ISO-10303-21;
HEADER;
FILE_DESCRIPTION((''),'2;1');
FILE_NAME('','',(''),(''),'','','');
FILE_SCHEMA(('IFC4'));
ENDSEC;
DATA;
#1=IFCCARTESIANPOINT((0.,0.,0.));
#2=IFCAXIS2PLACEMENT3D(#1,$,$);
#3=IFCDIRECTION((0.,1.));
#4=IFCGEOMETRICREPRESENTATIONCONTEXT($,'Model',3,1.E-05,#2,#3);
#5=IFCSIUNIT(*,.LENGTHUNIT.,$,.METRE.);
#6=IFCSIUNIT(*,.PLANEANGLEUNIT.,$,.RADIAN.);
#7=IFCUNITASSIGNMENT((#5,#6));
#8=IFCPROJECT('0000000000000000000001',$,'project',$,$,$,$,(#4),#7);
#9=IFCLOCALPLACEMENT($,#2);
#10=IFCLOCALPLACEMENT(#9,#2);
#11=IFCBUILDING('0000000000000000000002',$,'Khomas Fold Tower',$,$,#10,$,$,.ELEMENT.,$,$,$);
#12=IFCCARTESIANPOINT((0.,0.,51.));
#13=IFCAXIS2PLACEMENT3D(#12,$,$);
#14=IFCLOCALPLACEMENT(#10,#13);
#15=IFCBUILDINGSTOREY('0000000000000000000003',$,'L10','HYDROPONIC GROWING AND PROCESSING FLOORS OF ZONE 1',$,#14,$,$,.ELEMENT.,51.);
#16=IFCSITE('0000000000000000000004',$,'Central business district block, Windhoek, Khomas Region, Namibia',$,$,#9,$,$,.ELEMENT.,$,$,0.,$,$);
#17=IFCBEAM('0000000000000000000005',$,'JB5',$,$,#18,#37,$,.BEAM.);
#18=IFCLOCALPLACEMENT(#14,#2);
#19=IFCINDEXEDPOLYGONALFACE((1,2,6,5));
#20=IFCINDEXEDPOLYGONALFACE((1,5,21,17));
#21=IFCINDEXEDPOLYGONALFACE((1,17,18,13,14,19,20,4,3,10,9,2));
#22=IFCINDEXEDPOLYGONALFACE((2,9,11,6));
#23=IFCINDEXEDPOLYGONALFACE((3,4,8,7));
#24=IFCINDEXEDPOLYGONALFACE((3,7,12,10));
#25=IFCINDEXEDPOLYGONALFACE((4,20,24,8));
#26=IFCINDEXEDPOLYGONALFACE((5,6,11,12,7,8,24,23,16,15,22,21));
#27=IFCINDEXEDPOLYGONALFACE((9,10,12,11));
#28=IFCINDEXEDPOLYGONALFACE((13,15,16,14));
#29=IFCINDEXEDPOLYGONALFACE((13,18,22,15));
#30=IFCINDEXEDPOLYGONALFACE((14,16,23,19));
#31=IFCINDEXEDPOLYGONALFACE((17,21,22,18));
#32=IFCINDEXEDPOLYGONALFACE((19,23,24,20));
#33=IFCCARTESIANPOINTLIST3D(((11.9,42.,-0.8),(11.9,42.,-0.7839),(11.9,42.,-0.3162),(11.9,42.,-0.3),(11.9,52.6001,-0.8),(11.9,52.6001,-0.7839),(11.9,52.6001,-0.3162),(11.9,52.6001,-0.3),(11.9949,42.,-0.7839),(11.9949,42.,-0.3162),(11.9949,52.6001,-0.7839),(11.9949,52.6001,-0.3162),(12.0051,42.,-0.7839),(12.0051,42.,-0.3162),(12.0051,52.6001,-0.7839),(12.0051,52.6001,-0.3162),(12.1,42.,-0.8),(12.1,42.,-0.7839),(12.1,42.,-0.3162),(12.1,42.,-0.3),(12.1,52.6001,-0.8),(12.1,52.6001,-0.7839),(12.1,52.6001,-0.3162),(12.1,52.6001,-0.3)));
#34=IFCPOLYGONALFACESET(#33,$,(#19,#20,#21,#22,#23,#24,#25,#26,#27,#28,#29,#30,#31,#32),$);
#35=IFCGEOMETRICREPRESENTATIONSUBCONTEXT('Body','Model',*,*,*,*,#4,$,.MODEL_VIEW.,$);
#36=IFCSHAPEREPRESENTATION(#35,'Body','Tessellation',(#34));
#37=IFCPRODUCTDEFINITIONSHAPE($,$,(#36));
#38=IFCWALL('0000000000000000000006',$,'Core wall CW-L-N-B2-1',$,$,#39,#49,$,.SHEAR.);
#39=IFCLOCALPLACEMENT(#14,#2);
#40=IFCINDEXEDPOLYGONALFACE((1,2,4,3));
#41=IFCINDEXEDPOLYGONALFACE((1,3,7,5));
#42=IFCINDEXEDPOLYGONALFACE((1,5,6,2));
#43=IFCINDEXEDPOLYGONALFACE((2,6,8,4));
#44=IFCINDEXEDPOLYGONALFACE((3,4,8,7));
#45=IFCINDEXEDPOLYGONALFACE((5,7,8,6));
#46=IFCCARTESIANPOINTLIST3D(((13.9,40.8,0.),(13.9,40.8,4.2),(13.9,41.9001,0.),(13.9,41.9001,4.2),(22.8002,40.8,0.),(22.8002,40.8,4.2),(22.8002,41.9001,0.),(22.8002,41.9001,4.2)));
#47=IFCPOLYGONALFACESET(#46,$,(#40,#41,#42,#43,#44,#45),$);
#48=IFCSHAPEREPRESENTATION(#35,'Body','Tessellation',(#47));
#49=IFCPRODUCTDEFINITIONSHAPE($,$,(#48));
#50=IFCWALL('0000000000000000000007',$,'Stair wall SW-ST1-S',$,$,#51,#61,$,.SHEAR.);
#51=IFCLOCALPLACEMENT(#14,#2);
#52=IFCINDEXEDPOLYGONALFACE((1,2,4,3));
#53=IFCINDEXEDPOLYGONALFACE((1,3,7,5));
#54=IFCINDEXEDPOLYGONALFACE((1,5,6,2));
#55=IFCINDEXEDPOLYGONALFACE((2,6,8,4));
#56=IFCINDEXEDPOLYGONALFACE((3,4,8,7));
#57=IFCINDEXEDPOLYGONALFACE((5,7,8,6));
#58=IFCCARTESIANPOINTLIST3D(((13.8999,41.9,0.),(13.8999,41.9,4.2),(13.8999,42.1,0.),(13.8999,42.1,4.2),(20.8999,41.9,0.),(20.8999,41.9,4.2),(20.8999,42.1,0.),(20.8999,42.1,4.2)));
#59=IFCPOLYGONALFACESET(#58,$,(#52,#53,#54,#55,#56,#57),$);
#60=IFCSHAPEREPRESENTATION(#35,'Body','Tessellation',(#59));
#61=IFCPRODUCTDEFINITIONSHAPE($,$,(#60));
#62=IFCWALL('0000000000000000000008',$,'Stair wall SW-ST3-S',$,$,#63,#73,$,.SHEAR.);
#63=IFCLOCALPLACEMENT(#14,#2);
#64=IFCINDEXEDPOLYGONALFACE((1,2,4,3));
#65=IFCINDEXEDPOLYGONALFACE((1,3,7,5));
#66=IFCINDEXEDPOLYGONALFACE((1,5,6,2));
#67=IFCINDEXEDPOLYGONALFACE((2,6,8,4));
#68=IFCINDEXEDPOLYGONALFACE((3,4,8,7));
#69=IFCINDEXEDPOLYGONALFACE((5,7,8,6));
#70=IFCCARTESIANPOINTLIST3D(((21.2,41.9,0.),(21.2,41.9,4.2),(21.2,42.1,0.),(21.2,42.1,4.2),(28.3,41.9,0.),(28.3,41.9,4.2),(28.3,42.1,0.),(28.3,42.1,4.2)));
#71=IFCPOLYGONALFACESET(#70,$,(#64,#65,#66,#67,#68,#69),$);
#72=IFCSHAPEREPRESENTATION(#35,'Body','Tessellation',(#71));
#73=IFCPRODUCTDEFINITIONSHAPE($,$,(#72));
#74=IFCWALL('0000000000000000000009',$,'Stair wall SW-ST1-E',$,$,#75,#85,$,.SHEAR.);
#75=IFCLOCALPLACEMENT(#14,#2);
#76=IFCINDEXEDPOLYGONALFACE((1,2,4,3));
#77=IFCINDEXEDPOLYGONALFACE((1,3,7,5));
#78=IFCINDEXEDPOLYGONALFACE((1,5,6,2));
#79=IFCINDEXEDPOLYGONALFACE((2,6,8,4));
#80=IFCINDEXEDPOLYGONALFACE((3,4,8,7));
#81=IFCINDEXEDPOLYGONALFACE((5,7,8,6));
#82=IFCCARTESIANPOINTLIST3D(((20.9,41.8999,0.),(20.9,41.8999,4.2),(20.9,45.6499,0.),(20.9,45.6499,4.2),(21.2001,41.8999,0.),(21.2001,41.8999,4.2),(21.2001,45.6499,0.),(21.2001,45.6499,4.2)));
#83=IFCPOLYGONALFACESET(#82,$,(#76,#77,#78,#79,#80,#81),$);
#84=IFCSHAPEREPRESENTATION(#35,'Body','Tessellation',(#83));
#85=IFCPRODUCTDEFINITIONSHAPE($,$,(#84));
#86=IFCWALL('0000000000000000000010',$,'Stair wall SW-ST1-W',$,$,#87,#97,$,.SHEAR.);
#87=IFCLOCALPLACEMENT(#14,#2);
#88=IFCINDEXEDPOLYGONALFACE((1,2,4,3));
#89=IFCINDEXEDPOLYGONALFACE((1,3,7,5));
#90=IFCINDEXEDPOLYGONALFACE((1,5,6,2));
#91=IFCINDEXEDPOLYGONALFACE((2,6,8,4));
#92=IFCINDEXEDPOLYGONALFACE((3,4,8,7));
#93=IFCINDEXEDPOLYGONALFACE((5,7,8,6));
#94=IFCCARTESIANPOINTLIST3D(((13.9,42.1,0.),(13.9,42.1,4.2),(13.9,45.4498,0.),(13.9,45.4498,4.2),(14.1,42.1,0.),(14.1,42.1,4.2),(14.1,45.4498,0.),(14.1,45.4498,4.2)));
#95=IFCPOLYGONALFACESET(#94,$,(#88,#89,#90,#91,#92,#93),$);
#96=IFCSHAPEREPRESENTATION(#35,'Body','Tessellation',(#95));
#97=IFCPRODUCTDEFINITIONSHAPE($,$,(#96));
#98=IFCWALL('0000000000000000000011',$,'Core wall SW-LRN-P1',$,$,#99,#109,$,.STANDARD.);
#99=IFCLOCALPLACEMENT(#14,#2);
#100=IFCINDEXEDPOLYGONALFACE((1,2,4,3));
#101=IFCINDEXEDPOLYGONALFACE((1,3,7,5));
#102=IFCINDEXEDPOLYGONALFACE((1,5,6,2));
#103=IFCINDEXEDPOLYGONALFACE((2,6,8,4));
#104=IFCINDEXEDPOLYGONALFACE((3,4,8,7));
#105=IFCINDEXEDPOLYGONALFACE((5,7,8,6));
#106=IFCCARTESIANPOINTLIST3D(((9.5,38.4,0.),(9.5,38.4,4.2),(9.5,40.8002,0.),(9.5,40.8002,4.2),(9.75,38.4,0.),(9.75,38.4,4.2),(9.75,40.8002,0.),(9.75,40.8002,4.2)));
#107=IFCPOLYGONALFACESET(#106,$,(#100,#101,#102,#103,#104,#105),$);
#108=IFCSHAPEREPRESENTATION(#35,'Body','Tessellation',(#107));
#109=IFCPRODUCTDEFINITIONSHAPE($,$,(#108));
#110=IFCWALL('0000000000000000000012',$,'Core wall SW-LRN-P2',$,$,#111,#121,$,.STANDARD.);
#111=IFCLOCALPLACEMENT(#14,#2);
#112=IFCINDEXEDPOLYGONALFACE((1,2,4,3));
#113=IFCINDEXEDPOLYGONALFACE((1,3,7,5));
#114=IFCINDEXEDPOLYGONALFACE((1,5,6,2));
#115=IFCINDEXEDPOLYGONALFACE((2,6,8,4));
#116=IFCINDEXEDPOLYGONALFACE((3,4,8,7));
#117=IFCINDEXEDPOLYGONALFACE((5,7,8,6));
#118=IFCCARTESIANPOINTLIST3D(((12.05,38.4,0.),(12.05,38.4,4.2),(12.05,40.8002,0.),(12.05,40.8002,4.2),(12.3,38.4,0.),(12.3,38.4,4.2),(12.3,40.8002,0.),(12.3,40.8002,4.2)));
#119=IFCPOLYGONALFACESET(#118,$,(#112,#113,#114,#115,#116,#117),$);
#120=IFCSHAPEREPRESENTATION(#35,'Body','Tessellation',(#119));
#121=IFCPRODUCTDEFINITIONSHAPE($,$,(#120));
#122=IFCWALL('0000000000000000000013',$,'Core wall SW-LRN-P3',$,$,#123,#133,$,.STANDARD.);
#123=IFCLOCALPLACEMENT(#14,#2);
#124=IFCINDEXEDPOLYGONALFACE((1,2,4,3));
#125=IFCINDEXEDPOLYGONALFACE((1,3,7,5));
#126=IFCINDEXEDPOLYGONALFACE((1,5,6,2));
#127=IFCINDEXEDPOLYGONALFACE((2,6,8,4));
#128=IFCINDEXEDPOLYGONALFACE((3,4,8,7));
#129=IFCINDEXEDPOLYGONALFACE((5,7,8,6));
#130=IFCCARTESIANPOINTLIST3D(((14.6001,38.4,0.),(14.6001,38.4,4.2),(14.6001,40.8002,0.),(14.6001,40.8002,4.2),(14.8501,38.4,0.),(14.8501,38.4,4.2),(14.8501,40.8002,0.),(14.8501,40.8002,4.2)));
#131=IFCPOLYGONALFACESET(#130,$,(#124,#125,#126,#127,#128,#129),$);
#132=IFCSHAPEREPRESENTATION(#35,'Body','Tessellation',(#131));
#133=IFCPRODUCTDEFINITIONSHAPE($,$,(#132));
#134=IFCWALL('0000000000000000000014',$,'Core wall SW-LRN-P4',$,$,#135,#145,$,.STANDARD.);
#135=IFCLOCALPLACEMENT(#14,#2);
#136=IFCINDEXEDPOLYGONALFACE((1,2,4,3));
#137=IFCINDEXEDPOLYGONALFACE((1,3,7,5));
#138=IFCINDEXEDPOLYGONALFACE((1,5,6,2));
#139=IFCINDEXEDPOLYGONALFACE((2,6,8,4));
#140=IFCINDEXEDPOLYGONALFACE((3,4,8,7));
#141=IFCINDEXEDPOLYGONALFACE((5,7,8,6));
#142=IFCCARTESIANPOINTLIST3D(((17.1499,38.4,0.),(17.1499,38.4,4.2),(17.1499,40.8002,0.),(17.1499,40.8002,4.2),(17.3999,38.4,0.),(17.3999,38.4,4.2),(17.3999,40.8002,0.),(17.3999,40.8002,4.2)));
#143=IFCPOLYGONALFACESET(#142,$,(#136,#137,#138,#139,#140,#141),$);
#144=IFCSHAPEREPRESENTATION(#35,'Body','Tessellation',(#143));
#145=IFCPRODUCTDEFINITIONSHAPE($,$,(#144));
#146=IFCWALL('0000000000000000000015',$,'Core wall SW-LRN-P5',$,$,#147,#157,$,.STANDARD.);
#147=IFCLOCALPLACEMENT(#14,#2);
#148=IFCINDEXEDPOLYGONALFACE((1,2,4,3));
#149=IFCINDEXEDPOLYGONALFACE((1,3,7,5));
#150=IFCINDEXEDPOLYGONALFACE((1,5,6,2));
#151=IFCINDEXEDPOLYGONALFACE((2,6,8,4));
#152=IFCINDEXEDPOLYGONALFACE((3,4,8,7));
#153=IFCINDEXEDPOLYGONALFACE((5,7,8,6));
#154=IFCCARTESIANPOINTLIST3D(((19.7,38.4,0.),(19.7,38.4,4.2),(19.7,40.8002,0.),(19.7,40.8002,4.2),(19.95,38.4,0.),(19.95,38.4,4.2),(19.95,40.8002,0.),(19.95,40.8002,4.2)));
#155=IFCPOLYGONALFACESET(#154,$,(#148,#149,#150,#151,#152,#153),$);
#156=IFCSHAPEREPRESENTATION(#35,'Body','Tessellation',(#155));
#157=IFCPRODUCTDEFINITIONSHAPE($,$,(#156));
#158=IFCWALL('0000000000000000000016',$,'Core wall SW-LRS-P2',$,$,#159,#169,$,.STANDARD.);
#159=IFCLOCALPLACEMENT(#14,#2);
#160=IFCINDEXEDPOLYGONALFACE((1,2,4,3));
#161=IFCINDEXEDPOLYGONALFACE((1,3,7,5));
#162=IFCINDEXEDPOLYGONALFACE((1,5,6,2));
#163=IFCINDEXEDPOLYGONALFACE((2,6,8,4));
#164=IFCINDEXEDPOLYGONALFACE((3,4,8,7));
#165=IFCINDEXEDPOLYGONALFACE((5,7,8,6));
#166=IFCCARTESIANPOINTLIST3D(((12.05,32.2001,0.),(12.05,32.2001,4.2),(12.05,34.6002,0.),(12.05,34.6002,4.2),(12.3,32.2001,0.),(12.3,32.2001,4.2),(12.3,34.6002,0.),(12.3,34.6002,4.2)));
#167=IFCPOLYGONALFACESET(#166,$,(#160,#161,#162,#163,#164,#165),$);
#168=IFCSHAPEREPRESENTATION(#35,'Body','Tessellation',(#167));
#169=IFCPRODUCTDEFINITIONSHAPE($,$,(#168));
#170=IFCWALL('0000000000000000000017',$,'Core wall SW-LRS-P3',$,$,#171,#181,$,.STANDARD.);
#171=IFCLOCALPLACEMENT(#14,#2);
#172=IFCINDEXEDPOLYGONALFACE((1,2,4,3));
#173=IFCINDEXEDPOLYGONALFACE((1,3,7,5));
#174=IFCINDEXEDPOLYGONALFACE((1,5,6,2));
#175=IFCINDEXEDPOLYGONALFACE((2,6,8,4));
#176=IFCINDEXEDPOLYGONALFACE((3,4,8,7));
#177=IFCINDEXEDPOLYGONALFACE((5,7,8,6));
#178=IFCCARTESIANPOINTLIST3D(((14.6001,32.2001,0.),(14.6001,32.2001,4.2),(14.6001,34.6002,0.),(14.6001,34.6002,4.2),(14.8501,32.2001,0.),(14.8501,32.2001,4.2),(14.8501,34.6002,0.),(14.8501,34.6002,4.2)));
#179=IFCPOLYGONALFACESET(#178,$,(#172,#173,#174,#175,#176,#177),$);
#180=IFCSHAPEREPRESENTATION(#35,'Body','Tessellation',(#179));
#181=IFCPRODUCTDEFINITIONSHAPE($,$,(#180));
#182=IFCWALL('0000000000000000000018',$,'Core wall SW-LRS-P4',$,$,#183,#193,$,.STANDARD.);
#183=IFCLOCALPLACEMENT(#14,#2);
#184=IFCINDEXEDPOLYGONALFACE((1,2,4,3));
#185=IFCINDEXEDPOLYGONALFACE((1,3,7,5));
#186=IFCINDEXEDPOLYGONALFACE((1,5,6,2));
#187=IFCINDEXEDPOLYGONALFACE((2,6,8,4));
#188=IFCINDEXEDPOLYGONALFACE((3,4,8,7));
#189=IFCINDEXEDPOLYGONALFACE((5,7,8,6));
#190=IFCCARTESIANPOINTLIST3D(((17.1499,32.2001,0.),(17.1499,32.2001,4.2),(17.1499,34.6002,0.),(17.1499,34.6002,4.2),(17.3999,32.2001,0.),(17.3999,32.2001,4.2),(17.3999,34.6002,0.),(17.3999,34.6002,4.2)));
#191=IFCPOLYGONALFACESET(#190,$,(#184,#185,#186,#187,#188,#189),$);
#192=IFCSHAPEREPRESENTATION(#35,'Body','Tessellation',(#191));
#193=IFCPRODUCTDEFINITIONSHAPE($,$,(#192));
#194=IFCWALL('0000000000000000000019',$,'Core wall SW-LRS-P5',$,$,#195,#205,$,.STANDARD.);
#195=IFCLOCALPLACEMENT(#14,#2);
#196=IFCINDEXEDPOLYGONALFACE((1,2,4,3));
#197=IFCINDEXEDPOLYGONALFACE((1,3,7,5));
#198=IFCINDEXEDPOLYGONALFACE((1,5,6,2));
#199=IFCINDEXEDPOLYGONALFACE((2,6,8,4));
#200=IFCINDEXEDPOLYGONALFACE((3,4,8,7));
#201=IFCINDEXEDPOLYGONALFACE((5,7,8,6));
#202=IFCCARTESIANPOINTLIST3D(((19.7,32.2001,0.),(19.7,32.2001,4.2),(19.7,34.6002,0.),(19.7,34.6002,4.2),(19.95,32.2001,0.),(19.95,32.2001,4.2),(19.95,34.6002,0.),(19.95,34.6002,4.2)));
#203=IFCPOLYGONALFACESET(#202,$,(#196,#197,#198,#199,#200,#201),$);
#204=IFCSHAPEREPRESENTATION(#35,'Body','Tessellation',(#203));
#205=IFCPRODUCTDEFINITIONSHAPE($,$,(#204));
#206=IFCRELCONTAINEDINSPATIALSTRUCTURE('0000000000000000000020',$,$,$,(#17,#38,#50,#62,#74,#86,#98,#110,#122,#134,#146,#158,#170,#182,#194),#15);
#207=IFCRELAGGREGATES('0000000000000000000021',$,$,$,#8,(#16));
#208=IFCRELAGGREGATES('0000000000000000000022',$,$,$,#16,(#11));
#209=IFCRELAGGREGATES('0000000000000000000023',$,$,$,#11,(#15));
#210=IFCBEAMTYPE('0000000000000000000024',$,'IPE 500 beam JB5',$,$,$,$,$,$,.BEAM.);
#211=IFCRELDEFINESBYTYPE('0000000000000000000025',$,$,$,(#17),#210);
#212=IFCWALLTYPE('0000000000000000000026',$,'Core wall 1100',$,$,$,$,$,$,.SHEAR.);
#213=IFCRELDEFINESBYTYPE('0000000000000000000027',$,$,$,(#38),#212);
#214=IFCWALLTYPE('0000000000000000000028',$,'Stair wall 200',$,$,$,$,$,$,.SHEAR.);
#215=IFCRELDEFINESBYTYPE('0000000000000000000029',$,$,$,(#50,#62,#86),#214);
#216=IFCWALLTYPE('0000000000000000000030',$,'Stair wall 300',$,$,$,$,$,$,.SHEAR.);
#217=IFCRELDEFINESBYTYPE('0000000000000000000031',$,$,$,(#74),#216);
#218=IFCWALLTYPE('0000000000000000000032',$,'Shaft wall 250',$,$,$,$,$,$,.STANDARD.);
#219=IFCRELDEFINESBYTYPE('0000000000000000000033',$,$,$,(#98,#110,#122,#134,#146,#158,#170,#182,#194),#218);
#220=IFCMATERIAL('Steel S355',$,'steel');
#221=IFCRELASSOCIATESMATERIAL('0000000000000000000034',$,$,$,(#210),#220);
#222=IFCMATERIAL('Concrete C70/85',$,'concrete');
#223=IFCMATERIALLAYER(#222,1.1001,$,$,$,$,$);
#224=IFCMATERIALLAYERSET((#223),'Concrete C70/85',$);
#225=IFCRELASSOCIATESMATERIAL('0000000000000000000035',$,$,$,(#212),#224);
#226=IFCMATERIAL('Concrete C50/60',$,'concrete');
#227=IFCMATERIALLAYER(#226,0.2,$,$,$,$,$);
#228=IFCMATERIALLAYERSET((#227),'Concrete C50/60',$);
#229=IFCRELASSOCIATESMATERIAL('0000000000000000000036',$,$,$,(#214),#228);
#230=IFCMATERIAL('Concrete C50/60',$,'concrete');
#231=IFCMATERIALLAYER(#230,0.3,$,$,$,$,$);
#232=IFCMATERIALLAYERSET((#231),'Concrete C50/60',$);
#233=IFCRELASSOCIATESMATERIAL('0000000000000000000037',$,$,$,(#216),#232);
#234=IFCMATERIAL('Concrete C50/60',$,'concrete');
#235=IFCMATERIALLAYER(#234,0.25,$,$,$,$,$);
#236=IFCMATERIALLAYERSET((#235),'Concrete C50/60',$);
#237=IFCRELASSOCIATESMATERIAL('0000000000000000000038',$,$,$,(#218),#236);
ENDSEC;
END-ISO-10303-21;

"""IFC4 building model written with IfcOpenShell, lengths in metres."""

from ifc_helpers import new_model, si_unit, direction, frame, frame_2d, origin, origin_2d, place, context, subcontext, project, spatial, rectangle, i_section, extrude, source, transform, mapped, material, layer, layer_set, material_profile, profile_set, type_object, element, save


model = new_model("IFC4")

# Units and contexts
model_context = context("Model", 3, precision=1e-05, world=origin(), true_north=direction((0.0, 1.0)))
body_context = subcontext(model_context, "Body", "Model", "MODEL_VIEW")
ifc_project = project(units=[si_unit("LENGTHUNIT", "METRE"), si_unit("PLANEANGLEUNIT", "RADIAN")], contexts=[model_context])

# Site, building, storey
site_placement = place(None, origin())
site = spatial("IfcSite", under=ifc_project, at=site_placement, Name="Central business district block, Windhoek, Khomas Region, Namibia", CompositionType="ELEMENT", RefElevation=0.0)
building_placement = place(site_placement, origin())
building = spatial("IfcBuilding", under=site, at=building_placement, Name="Khomas Fold Tower", CompositionType="ELEMENT")
storey_placement = place(building_placement, frame((0.0, 0.0, 51.0)))
storey = spatial("IfcBuildingStorey", under=building, at=storey_placement, Name="L10", Description="HYDROPONIC GROWING AND PROCESSING FLOORS OF ZONE 1", CompositionType="ELEMENT", Elevation=51.0)

# Beam
ifc_material_1 = material(Name="Steel S355", Category="steel")
ifc_material_profile = material_profile(ifc_material_1, i_section(OverallWidth=0.2, OverallDepth=0.5, WebThickness=0.0103, FlangeThickness=0.0161, at=origin_2d()), Name="IPE 500")
ifc_profile_set = profile_set([ifc_material_profile], Name="Steel S355")
beam_type = type_object("IfcBeamType", Name="IPE 500 beam JB5", PredefinedType="BEAM", material=ifc_profile_set)
shared_shape_1 = source(origin(), body_context, "Body", "SweptSolid", [
    extrude(i_section(OverallWidth=0.2, OverallDepth=0.5, WebThickness=0.0103, FlangeThickness=0.0161, at=origin_2d()), origin(), (0.0, 0.0, 1.0), 10.6001),
])
beam_placement = place(storey_placement, frame((12.0, 42.0, -0.55), z_axis=(0.0, 1.0, 0.0), x_axis=(-1.0, 0.0, 0.0)))
element("IfcBeam", 1, at=beam_placement, inside=storey, type_object=beam_type, Name="JB5", PredefinedType="BEAM", context=body_context, shape_type="MappedRepresentation", body=[
    mapped(shared_shape_1, transform((0.0, 0.0, 0.0))),
])

# Walls
ifc_material_2 = material(Name="Concrete C70/85", Category="concrete")
ifc_layer_1 = layer(ifc_material_2, 1.1001)
ifc_layer_set_1 = layer_set([ifc_layer_1], Name="Concrete C70/85")
wall_type_1 = type_object("IfcWallType", Name="Core wall 1100", PredefinedType="SHEAR", material=ifc_layer_set_1)
shared_shape_2 = source(origin(), body_context, "Body", "SweptSolid", [
    extrude(rectangle(XDim=8.9001, YDim=1.1001, at=frame_2d((4.4502, 0.0))), origin(), (0.0, 0.0, 1.0), 4.2),
])
wall_1_placement = place(storey_placement, frame((13.8999, 41.3501, 0.0), z_axis=(0.0, 0.0, 1.0), x_axis=(1.0, 0.0, 0.0)))
element("IfcWall", 2, at=wall_1_placement, inside=storey, type_object=wall_type_1, Name="Core wall CW-L-N-B2-1", PredefinedType="SHEAR", context=body_context, shape_type="MappedRepresentation", body=[
    mapped(shared_shape_2, transform((0.0, 0.0, 0.0))),
])
ifc_material_3 = material(Name="Concrete C50/60", Category="concrete")
ifc_layer_2 = layer(ifc_material_3, 0.2)
ifc_layer_set_2 = layer_set([ifc_layer_2], Name="Concrete C50/60")
wall_type_2 = type_object("IfcWallType", Name="Stair wall 200", PredefinedType="SHEAR", material=ifc_layer_set_2)
shared_shape_3 = source(origin(), body_context, "Body", "SweptSolid", [
    extrude(rectangle(XDim=7.0, YDim=0.2, at=frame_2d((3.5, 0.0))), origin(), (0.0, 0.0, 1.0), 4.2),
])
wall_2_placement = place(storey_placement, frame((13.8999, 42.0, 0.0), z_axis=(0.0, 0.0, 1.0), x_axis=(1.0, 0.0, 0.0)))
element("IfcWall", 3, at=wall_2_placement, inside=storey, type_object=wall_type_2, Name="Stair wall SW-ST1-S", PredefinedType="SHEAR", context=body_context, shape_type="MappedRepresentation", body=[
    mapped(shared_shape_3, transform((0.0, 0.0, 0.0))),
])
shared_shape_4 = source(origin(), body_context, "Body", "SweptSolid", [
    extrude(rectangle(XDim=7.1001, YDim=0.2, at=frame_2d((3.55, 0.0))), origin(), (0.0, 0.0, 1.0), 4.2),
])
wall_3_placement = place(storey_placement, frame((21.2, 42.0, 0.0), z_axis=(0.0, 0.0, 1.0), x_axis=(1.0, 0.0, 0.0)))
element("IfcWall", 4, at=wall_3_placement, inside=storey, type_object=wall_type_2, Name="Stair wall SW-ST3-S", PredefinedType="SHEAR", context=body_context, shape_type="MappedRepresentation", body=[
    mapped(shared_shape_4, transform((0.0, 0.0, 0.0))),
])
ifc_material_4 = material(Name="Concrete C50/60", Category="concrete")
ifc_layer_3 = layer(ifc_material_4, 0.3)
ifc_layer_set_3 = layer_set([ifc_layer_3], Name="Concrete C50/60")
wall_type_3 = type_object("IfcWallType", Name="Stair wall 300", PredefinedType="SHEAR", material=ifc_layer_set_3)
shared_shape_5 = source(origin(), body_context, "Body", "SweptSolid", [
    extrude(rectangle(XDim=3.75, YDim=0.3, at=frame_2d((1.875, 0.0))), origin(), (0.0, 0.0, 1.0), 4.2),
])
wall_4_placement = place(storey_placement, frame((21.05, 41.8999, 0.0), z_axis=(0.0, 0.0, 1.0), x_axis=(0.0, 1.0, 0.0)))
element("IfcWall", 5, at=wall_4_placement, inside=storey, type_object=wall_type_3, Name="Stair wall SW-ST1-E", PredefinedType="SHEAR", context=body_context, shape_type="MappedRepresentation", body=[
    mapped(shared_shape_5, transform((0.0, 0.0, 0.0))),
])
shared_shape_6 = source(origin(), body_context, "Body", "SweptSolid", [
    extrude(rectangle(XDim=3.3499, YDim=0.2, at=frame_2d((1.6748, 0.0))), origin(), (0.0, 0.0, 1.0), 4.2),
])
wall_5_placement = place(storey_placement, frame((14.0, 42.1001, 0.0), z_axis=(0.0, 0.0, 1.0), x_axis=(0.0, 1.0, 0.0)))
element("IfcWall", 6, at=wall_5_placement, inside=storey, type_object=wall_type_2, Name="Stair wall SW-ST1-W", PredefinedType="SHEAR", context=body_context, shape_type="MappedRepresentation", body=[
    mapped(shared_shape_6, transform((0.0, 0.0, 0.0))),
])
ifc_material_5 = material(Name="Concrete C50/60", Category="concrete")
ifc_layer_4 = layer(ifc_material_5, 0.25)
ifc_layer_set_4 = layer_set([ifc_layer_4], Name="Concrete C50/60")
wall_type_4 = type_object("IfcWallType", Name="Shaft wall 250", PredefinedType="STANDARD", material=ifc_layer_set_4)
shared_shape_7 = source(origin(), body_context, "Body", "SweptSolid", [
    extrude(rectangle(XDim=2.4001, YDim=0.25, at=frame_2d((1.2002, 0.0))), origin(), (0.0, 0.0, 1.0), 4.2),
])
for number, where, z_axis, x_axis, name in (
    (7, (9.625, 38.3999, 0.0), (0.0, 0.0, 1.0), (0.0, 1.0, 0.0), "Core wall SW-LRN-P1"),
    (8, (12.175, 38.3999, 0.0), (0.0, 0.0, 1.0), (0.0, 1.0, 0.0), "Core wall SW-LRN-P2"),
    (9, (14.7251, 38.3999, 0.0), (0.0, 0.0, 1.0), (0.0, 1.0, 0.0), "Core wall SW-LRN-P3"),
    (10, (17.2749, 38.3999, 0.0), (0.0, 0.0, 1.0), (0.0, 1.0, 0.0), "Core wall SW-LRN-P4"),
    (11, (19.825, 38.3999, 0.0), (0.0, 0.0, 1.0), (0.0, 1.0, 0.0), "Core wall SW-LRN-P5"),
    (12, (12.175, 32.2, 0.0), (0.0, 0.0, 1.0), (0.0, 1.0, 0.0), "Core wall SW-LRS-P2"),
    (13, (14.7251, 32.2, 0.0), (0.0, 0.0, 1.0), (0.0, 1.0, 0.0), "Core wall SW-LRS-P3"),
    (14, (17.2749, 32.2, 0.0), (0.0, 0.0, 1.0), (0.0, 1.0, 0.0), "Core wall SW-LRS-P4"),
    (15, (19.825, 32.2, 0.0), (0.0, 0.0, 1.0), (0.0, 1.0, 0.0), "Core wall SW-LRS-P5"),
):
    element("IfcWall", number, at=place(storey_placement, frame(where, z_axis=z_axis, x_axis=x_axis)), inside=storey, type_object=wall_type_4, Name=name, PredefinedType="STANDARD", context=body_context, shape_type="MappedRepresentation", body=[
        mapped(shared_shape_7, transform((0.0, 0.0, 0.0))),
    ])

save(model, "model.ifc")
